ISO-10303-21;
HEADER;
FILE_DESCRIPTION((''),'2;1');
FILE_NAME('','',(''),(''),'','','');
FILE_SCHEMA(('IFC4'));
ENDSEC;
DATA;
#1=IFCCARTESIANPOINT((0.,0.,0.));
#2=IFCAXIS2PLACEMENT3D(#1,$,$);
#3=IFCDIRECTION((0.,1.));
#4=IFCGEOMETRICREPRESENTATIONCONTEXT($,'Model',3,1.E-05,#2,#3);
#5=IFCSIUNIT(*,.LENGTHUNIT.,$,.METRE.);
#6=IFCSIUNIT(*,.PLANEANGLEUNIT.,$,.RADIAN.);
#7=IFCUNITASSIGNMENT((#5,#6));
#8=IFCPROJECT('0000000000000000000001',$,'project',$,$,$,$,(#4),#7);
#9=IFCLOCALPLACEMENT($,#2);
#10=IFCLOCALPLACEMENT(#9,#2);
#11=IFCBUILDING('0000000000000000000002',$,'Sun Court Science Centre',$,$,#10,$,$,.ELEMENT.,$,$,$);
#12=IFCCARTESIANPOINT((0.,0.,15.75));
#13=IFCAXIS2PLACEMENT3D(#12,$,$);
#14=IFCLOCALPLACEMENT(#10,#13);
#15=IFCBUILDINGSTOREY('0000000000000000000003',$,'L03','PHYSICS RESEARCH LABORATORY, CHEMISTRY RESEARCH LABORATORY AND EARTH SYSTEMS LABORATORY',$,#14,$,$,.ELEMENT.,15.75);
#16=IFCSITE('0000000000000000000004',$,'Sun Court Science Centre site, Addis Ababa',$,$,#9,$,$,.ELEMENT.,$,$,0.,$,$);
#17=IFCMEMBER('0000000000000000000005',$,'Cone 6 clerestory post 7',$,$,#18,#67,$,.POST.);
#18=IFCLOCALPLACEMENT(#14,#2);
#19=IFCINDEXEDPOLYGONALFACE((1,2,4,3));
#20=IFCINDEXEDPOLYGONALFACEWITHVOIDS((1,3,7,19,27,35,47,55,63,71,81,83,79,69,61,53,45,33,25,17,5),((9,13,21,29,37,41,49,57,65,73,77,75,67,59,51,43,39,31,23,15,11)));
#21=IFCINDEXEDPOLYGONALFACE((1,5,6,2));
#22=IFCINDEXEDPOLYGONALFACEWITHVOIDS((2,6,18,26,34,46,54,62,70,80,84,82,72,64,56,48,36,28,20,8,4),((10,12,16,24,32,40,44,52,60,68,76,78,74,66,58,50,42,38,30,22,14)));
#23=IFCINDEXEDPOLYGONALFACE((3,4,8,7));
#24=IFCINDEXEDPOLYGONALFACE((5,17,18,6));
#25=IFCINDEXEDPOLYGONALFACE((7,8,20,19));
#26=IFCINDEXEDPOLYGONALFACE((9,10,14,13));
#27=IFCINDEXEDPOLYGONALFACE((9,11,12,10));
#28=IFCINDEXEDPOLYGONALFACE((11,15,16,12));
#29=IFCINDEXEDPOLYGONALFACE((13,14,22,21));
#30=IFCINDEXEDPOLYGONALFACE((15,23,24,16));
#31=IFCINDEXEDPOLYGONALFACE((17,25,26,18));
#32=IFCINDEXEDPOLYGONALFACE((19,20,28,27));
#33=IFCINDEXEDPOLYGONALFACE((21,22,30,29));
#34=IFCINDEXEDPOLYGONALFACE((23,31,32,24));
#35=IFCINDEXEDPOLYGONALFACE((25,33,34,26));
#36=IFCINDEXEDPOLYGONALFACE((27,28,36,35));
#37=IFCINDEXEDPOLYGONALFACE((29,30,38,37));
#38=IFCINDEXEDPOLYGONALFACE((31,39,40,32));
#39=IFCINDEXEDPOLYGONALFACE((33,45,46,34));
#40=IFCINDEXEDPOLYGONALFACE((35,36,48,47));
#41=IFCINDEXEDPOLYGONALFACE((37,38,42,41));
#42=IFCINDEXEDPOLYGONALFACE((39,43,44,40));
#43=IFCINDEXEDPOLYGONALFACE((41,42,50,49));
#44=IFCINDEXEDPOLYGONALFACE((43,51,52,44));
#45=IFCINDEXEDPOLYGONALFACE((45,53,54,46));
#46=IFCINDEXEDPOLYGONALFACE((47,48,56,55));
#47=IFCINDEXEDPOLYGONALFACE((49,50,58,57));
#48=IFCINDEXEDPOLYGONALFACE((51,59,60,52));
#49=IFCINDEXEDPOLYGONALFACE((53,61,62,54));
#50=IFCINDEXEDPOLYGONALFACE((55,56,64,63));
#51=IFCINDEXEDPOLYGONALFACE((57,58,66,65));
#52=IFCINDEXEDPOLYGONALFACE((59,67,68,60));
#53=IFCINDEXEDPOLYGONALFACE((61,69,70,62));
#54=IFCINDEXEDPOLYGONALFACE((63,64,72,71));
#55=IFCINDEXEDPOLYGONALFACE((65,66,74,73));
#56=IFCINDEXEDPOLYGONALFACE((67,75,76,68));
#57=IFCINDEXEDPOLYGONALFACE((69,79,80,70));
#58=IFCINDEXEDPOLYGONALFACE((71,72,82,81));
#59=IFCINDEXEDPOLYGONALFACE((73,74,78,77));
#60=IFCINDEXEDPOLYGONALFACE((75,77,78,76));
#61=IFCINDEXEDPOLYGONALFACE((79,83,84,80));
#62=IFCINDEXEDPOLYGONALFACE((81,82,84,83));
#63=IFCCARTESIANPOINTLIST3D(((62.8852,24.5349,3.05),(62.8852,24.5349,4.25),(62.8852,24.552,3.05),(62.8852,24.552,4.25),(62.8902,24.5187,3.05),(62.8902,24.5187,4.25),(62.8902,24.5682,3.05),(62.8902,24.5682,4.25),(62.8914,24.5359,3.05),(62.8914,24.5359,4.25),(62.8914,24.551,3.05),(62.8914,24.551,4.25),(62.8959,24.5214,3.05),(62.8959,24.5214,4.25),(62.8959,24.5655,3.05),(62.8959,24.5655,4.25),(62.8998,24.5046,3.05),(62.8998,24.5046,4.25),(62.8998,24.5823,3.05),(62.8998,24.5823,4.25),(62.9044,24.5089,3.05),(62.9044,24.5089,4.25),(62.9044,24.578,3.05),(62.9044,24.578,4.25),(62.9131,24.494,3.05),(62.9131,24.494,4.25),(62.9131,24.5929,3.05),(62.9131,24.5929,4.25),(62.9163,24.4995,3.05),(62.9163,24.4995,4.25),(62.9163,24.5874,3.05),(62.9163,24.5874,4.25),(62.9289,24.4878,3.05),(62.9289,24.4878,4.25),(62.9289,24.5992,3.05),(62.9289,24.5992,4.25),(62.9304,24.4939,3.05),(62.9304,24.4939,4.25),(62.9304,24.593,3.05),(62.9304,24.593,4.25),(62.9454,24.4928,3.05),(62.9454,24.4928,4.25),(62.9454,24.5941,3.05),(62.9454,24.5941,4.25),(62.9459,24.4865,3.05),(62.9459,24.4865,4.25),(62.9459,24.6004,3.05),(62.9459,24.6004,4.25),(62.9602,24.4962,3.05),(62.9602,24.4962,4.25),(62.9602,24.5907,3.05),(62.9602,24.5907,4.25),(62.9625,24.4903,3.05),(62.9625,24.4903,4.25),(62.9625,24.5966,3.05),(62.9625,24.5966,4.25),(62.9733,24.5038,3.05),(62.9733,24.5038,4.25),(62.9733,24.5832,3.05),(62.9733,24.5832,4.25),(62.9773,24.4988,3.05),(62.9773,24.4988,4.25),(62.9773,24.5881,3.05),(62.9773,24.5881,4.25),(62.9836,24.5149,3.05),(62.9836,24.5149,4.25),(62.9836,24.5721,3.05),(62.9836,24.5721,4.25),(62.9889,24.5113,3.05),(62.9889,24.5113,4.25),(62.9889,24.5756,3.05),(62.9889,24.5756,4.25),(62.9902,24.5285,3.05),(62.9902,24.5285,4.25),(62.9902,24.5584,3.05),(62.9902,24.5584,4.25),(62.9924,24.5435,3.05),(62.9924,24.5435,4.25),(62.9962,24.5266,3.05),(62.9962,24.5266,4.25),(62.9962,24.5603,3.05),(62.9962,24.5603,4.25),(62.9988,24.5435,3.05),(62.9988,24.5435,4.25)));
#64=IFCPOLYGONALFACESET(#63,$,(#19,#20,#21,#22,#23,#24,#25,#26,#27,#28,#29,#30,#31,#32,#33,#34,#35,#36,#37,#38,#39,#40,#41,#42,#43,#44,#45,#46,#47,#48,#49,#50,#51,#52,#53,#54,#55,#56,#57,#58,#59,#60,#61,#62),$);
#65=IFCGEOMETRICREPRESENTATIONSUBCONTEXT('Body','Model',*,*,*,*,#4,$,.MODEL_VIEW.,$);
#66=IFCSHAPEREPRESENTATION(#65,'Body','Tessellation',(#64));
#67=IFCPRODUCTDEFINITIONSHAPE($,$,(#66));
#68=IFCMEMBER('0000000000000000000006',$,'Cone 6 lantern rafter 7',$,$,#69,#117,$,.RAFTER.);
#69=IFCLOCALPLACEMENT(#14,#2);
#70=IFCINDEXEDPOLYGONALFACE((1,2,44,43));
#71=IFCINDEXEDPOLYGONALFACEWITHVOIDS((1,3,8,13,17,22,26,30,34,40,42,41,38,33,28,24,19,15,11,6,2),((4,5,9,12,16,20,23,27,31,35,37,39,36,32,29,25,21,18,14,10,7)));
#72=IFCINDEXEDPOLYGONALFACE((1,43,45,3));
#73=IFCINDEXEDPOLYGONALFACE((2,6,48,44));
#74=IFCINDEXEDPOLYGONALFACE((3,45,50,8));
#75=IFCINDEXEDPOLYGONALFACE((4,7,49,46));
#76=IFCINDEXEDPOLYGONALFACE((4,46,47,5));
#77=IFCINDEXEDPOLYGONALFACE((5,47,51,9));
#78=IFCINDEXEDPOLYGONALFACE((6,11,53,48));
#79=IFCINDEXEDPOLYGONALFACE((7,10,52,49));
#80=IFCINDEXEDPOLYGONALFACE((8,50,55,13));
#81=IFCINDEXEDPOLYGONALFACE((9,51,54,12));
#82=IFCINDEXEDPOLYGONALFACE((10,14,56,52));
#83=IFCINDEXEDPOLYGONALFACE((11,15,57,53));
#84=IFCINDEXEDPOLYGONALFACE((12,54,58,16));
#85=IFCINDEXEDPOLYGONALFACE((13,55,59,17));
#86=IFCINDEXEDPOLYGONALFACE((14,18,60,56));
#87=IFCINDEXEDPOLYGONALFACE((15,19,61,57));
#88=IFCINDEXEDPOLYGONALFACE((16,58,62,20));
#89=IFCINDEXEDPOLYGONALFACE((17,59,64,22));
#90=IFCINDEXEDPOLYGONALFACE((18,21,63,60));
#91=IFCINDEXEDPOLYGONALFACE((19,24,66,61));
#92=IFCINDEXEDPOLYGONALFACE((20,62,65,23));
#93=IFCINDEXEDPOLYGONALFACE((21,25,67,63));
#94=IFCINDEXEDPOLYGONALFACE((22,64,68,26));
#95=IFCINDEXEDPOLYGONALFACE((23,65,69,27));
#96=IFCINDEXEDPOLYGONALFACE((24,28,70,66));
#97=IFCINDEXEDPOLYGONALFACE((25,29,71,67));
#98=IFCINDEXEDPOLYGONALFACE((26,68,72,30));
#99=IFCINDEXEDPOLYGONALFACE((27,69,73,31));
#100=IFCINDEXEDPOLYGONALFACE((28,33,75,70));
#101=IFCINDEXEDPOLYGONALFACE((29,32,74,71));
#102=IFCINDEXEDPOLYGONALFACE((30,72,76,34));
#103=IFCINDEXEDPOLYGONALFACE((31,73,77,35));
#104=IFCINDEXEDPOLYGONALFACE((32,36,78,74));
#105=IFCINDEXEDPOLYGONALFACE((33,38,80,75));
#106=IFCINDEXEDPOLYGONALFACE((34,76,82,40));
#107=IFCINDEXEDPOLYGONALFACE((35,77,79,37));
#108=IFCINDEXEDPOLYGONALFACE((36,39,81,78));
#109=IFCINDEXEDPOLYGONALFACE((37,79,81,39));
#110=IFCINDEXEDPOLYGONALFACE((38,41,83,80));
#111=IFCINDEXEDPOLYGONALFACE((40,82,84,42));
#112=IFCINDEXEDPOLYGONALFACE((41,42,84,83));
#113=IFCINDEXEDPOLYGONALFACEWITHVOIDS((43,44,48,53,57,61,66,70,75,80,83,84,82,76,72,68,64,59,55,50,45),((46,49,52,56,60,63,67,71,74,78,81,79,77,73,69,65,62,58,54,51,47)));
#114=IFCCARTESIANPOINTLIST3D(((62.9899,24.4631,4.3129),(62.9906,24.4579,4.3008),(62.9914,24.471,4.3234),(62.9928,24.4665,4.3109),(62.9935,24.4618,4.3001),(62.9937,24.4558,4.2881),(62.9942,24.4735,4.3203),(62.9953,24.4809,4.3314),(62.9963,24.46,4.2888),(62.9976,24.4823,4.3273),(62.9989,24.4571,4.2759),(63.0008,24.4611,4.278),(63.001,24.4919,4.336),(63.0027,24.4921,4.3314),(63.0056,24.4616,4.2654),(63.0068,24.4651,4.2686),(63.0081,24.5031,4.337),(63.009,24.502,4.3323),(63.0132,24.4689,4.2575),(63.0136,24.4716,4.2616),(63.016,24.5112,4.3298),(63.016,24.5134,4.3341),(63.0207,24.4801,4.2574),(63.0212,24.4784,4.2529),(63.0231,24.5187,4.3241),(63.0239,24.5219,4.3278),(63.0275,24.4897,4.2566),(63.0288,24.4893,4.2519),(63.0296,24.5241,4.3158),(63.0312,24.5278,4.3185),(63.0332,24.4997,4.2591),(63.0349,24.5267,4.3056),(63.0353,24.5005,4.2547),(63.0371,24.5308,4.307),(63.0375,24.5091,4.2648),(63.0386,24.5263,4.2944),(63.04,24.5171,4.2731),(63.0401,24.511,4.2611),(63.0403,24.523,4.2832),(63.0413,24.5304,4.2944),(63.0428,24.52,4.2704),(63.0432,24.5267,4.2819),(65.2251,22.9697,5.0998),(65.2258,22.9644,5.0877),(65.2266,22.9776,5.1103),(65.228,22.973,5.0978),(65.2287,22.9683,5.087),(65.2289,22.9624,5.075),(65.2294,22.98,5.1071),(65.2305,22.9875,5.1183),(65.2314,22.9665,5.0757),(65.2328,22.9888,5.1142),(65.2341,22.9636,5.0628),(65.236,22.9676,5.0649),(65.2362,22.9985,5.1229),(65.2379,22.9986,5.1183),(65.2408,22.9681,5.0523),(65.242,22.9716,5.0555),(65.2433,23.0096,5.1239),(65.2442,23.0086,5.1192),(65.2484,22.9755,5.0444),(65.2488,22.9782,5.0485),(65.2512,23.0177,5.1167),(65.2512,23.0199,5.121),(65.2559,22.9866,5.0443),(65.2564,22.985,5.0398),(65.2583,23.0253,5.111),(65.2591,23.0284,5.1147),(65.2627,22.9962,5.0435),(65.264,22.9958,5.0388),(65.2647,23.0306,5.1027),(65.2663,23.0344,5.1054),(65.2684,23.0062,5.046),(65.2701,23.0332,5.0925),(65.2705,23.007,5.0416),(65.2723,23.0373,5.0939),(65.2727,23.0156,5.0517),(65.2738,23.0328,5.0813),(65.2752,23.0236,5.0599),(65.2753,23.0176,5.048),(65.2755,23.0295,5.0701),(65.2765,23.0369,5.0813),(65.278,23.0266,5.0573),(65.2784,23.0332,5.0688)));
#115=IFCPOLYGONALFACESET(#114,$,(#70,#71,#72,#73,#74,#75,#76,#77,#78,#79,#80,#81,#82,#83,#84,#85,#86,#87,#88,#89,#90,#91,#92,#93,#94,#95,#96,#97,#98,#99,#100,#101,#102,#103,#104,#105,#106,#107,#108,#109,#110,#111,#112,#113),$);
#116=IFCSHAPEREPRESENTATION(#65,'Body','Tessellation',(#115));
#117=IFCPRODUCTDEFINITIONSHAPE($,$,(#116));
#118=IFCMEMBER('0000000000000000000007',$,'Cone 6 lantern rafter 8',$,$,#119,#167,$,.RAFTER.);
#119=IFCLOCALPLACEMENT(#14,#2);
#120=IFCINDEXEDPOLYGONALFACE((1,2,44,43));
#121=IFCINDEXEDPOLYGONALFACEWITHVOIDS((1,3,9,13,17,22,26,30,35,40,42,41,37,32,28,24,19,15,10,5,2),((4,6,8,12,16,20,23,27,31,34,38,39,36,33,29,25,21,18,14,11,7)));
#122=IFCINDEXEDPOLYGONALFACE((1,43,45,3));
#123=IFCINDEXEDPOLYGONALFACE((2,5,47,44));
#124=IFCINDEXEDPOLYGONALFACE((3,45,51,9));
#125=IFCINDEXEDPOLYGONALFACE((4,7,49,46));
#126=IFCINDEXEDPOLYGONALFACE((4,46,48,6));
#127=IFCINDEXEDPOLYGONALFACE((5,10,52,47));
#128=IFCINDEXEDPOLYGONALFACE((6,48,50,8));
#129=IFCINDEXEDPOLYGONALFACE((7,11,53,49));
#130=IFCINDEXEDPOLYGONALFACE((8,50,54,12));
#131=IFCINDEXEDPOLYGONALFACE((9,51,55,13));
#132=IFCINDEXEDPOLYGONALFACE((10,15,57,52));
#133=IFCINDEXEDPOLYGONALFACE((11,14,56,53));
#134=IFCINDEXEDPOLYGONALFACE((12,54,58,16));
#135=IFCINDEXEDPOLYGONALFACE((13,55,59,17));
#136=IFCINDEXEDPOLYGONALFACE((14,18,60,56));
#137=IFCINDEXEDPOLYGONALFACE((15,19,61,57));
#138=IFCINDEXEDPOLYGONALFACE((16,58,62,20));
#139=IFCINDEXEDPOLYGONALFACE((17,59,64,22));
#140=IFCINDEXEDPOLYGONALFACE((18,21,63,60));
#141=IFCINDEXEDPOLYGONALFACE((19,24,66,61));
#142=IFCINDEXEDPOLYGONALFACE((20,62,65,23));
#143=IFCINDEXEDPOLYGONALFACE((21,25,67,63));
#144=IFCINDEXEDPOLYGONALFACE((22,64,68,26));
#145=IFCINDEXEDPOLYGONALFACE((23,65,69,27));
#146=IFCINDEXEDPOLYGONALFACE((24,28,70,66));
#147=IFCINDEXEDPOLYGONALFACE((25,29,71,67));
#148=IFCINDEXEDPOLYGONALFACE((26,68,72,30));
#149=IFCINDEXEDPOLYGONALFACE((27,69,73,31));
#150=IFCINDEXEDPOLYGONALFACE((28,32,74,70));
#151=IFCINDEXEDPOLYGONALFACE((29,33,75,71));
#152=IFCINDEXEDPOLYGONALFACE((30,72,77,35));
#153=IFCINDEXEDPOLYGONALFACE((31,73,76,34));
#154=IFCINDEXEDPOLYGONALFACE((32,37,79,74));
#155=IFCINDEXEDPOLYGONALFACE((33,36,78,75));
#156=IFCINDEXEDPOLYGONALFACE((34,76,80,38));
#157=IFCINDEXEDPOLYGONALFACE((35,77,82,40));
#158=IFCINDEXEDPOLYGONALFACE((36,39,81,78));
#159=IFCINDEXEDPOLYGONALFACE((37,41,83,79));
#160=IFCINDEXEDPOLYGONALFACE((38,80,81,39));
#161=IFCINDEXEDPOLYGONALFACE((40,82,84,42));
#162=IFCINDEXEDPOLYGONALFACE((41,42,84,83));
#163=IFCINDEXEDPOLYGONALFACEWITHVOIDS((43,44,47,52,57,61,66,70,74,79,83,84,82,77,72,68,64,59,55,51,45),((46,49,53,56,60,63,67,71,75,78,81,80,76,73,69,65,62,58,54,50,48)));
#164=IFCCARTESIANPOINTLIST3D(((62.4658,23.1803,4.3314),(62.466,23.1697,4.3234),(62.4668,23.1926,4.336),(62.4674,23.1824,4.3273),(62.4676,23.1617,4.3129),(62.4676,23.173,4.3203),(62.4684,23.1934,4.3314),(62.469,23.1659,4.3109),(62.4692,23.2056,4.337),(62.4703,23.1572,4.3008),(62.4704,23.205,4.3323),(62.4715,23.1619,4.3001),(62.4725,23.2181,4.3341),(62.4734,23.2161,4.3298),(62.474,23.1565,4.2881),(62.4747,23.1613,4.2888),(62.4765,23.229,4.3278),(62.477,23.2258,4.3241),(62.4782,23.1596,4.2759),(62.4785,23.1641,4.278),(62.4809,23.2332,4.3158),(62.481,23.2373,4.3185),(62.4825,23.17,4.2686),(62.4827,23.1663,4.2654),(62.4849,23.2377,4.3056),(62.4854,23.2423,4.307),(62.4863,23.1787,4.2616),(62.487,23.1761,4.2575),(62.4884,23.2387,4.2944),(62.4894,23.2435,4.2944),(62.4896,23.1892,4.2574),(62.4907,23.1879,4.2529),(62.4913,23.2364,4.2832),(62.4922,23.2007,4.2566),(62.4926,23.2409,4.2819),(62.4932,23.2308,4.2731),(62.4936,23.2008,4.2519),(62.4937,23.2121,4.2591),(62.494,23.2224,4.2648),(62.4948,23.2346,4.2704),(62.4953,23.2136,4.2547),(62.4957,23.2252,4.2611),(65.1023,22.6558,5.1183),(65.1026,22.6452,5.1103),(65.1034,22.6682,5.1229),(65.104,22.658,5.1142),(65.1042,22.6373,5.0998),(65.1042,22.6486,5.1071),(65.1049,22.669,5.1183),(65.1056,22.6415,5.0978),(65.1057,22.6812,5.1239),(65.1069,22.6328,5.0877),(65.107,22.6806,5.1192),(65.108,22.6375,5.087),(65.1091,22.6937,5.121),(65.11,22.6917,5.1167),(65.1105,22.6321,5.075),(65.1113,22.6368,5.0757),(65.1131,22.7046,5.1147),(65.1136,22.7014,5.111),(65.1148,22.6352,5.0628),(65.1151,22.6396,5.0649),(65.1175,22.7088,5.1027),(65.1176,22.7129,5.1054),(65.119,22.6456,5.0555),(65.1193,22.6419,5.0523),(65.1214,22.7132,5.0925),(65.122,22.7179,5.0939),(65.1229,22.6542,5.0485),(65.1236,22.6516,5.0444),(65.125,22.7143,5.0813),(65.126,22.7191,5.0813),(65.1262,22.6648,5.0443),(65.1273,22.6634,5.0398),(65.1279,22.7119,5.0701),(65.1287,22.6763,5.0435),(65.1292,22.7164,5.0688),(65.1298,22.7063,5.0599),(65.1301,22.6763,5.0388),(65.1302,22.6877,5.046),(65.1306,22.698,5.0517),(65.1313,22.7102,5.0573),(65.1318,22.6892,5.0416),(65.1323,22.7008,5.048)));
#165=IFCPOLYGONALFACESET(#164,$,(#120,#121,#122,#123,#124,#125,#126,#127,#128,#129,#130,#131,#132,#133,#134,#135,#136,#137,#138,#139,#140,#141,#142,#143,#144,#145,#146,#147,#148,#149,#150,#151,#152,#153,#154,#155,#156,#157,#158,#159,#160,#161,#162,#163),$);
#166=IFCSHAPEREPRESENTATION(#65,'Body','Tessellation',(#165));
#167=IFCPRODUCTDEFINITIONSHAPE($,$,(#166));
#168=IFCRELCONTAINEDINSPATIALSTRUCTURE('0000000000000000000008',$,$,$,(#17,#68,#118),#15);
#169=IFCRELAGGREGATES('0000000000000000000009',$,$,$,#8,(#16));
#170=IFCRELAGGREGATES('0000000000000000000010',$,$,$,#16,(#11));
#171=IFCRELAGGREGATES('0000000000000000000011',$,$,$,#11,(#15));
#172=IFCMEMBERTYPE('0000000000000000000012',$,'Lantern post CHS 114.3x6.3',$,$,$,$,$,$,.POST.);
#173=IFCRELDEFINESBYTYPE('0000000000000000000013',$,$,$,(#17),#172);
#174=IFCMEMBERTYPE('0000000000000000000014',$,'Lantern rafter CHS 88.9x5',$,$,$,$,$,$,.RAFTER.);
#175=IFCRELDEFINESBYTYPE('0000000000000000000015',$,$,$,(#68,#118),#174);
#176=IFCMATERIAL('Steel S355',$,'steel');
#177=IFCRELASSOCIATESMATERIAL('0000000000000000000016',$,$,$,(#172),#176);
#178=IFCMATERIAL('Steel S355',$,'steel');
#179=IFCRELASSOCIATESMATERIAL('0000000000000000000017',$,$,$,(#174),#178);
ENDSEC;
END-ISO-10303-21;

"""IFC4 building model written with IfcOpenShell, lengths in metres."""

from ifc_helpers import new_model, si_unit, direction, frame, origin, origin_2d, place, context, subcontext, project, spatial, hollow_circle, extrude, material, material_profile, profile_set, type_object, element, save


model = new_model("IFC4")

# Units and contexts
model_context = context("Model", 3, precision=1e-05, world=origin(), true_north=direction((0.0, 1.0)))
body_context = subcontext(model_context, "Body", "Model", "MODEL_VIEW")
ifc_project = project(units=[si_unit("LENGTHUNIT", "METRE"), si_unit("PLANEANGLEUNIT", "RADIAN")], contexts=[model_context])

# Site, building, storey
site_placement = place(None, origin())
site = spatial("IfcSite", under=ifc_project, at=site_placement, Name="Sun Court Science Centre site, Addis Ababa", CompositionType="ELEMENT", RefElevation=0.0)
building_placement = place(site_placement, origin())
building = spatial("IfcBuilding", under=site, at=building_placement, Name="Sun Court Science Centre", CompositionType="ELEMENT")
storey_placement = place(building_placement, frame((0.0, 0.0, 15.75)))
storey = spatial("IfcBuildingStorey", under=building, at=storey_placement, Name="L03", Description="PHYSICS RESEARCH LABORATORY, CHEMISTRY RESEARCH LABORATORY AND EARTH SYSTEMS LABORATORY", CompositionType="ELEMENT", Elevation=15.75)

# Members
ifc_material_1 = material(Name="Steel S355", Category="steel")
ifc_material_profile_1 = material_profile(ifc_material_1, hollow_circle(Radius=0.0571, WallThickness=0.0063, at=origin_2d()), Name="CHS 114.3x6.3")
ifc_profile_set_1 = profile_set([ifc_material_profile_1], Name="Steel S355")
member_type_1 = type_object("IfcMemberType", Name="Lantern post CHS 114.3x6.3", PredefinedType="POST", material=ifc_profile_set_1)
member_1_placement = place(storey_placement, frame((62.9417, 24.5435, 3.05), z_axis=(0.0, 0.0, 1.0), x_axis=(1.0, 0.0, 0.0)))
element("IfcMember", 1, at=member_1_placement, inside=storey, type_object=member_type_1, Name="Cone 6 clerestory post 7", PredefinedType="POST", context=body_context, shape_type="SweptSolid", body=[
    extrude(hollow_circle(Radius=0.0571, WallThickness=0.0063, at=origin_2d()), origin(), (0.0, 0.0, 1.0), 1.2),
])
ifc_material_2 = material(Name="Steel S355", Category="steel")
ifc_material_profile_2 = material_profile(ifc_material_2, hollow_circle(Radius=0.0444, WallThickness=0.0049, at=origin_2d()), Name="CHS 88.9x5")
ifc_profile_set_2 = profile_set([ifc_material_profile_2], Name="Steel S355")
member_type_2 = type_object("IfcMemberType", Name="Lantern rafter CHS 88.9x5", PredefinedType="RAFTER", material=ifc_profile_set_2)
for number, where, z_axis, x_axis, name in (
    (2, (63.0166, 24.4934, 4.2944), (0.797992, -0.533186, 0.280931), (0.555559, 0.831477, 0.0), "Cone 6 lantern rafter 7"),
    (3, (62.4807, 23.2, 4.2944), (0.941288, -0.187229, 0.280931), (0.195086, 0.980786, 0.0), "Cone 6 lantern rafter 8"),
):
    element("IfcMember", number, at=place(storey_placement, frame(where, z_axis=z_axis, x_axis=x_axis)), inside=storey, type_object=member_type_2, Name=name, PredefinedType="RAFTER", context=body_context, shape_type="SweptSolid", body=[
        extrude(hollow_circle(Radius=0.0444, WallThickness=0.0049, at=origin_2d()), origin(), (0.0, 0.0, 1.0), 2.801),
    ])

save(model, "model.ifc")
